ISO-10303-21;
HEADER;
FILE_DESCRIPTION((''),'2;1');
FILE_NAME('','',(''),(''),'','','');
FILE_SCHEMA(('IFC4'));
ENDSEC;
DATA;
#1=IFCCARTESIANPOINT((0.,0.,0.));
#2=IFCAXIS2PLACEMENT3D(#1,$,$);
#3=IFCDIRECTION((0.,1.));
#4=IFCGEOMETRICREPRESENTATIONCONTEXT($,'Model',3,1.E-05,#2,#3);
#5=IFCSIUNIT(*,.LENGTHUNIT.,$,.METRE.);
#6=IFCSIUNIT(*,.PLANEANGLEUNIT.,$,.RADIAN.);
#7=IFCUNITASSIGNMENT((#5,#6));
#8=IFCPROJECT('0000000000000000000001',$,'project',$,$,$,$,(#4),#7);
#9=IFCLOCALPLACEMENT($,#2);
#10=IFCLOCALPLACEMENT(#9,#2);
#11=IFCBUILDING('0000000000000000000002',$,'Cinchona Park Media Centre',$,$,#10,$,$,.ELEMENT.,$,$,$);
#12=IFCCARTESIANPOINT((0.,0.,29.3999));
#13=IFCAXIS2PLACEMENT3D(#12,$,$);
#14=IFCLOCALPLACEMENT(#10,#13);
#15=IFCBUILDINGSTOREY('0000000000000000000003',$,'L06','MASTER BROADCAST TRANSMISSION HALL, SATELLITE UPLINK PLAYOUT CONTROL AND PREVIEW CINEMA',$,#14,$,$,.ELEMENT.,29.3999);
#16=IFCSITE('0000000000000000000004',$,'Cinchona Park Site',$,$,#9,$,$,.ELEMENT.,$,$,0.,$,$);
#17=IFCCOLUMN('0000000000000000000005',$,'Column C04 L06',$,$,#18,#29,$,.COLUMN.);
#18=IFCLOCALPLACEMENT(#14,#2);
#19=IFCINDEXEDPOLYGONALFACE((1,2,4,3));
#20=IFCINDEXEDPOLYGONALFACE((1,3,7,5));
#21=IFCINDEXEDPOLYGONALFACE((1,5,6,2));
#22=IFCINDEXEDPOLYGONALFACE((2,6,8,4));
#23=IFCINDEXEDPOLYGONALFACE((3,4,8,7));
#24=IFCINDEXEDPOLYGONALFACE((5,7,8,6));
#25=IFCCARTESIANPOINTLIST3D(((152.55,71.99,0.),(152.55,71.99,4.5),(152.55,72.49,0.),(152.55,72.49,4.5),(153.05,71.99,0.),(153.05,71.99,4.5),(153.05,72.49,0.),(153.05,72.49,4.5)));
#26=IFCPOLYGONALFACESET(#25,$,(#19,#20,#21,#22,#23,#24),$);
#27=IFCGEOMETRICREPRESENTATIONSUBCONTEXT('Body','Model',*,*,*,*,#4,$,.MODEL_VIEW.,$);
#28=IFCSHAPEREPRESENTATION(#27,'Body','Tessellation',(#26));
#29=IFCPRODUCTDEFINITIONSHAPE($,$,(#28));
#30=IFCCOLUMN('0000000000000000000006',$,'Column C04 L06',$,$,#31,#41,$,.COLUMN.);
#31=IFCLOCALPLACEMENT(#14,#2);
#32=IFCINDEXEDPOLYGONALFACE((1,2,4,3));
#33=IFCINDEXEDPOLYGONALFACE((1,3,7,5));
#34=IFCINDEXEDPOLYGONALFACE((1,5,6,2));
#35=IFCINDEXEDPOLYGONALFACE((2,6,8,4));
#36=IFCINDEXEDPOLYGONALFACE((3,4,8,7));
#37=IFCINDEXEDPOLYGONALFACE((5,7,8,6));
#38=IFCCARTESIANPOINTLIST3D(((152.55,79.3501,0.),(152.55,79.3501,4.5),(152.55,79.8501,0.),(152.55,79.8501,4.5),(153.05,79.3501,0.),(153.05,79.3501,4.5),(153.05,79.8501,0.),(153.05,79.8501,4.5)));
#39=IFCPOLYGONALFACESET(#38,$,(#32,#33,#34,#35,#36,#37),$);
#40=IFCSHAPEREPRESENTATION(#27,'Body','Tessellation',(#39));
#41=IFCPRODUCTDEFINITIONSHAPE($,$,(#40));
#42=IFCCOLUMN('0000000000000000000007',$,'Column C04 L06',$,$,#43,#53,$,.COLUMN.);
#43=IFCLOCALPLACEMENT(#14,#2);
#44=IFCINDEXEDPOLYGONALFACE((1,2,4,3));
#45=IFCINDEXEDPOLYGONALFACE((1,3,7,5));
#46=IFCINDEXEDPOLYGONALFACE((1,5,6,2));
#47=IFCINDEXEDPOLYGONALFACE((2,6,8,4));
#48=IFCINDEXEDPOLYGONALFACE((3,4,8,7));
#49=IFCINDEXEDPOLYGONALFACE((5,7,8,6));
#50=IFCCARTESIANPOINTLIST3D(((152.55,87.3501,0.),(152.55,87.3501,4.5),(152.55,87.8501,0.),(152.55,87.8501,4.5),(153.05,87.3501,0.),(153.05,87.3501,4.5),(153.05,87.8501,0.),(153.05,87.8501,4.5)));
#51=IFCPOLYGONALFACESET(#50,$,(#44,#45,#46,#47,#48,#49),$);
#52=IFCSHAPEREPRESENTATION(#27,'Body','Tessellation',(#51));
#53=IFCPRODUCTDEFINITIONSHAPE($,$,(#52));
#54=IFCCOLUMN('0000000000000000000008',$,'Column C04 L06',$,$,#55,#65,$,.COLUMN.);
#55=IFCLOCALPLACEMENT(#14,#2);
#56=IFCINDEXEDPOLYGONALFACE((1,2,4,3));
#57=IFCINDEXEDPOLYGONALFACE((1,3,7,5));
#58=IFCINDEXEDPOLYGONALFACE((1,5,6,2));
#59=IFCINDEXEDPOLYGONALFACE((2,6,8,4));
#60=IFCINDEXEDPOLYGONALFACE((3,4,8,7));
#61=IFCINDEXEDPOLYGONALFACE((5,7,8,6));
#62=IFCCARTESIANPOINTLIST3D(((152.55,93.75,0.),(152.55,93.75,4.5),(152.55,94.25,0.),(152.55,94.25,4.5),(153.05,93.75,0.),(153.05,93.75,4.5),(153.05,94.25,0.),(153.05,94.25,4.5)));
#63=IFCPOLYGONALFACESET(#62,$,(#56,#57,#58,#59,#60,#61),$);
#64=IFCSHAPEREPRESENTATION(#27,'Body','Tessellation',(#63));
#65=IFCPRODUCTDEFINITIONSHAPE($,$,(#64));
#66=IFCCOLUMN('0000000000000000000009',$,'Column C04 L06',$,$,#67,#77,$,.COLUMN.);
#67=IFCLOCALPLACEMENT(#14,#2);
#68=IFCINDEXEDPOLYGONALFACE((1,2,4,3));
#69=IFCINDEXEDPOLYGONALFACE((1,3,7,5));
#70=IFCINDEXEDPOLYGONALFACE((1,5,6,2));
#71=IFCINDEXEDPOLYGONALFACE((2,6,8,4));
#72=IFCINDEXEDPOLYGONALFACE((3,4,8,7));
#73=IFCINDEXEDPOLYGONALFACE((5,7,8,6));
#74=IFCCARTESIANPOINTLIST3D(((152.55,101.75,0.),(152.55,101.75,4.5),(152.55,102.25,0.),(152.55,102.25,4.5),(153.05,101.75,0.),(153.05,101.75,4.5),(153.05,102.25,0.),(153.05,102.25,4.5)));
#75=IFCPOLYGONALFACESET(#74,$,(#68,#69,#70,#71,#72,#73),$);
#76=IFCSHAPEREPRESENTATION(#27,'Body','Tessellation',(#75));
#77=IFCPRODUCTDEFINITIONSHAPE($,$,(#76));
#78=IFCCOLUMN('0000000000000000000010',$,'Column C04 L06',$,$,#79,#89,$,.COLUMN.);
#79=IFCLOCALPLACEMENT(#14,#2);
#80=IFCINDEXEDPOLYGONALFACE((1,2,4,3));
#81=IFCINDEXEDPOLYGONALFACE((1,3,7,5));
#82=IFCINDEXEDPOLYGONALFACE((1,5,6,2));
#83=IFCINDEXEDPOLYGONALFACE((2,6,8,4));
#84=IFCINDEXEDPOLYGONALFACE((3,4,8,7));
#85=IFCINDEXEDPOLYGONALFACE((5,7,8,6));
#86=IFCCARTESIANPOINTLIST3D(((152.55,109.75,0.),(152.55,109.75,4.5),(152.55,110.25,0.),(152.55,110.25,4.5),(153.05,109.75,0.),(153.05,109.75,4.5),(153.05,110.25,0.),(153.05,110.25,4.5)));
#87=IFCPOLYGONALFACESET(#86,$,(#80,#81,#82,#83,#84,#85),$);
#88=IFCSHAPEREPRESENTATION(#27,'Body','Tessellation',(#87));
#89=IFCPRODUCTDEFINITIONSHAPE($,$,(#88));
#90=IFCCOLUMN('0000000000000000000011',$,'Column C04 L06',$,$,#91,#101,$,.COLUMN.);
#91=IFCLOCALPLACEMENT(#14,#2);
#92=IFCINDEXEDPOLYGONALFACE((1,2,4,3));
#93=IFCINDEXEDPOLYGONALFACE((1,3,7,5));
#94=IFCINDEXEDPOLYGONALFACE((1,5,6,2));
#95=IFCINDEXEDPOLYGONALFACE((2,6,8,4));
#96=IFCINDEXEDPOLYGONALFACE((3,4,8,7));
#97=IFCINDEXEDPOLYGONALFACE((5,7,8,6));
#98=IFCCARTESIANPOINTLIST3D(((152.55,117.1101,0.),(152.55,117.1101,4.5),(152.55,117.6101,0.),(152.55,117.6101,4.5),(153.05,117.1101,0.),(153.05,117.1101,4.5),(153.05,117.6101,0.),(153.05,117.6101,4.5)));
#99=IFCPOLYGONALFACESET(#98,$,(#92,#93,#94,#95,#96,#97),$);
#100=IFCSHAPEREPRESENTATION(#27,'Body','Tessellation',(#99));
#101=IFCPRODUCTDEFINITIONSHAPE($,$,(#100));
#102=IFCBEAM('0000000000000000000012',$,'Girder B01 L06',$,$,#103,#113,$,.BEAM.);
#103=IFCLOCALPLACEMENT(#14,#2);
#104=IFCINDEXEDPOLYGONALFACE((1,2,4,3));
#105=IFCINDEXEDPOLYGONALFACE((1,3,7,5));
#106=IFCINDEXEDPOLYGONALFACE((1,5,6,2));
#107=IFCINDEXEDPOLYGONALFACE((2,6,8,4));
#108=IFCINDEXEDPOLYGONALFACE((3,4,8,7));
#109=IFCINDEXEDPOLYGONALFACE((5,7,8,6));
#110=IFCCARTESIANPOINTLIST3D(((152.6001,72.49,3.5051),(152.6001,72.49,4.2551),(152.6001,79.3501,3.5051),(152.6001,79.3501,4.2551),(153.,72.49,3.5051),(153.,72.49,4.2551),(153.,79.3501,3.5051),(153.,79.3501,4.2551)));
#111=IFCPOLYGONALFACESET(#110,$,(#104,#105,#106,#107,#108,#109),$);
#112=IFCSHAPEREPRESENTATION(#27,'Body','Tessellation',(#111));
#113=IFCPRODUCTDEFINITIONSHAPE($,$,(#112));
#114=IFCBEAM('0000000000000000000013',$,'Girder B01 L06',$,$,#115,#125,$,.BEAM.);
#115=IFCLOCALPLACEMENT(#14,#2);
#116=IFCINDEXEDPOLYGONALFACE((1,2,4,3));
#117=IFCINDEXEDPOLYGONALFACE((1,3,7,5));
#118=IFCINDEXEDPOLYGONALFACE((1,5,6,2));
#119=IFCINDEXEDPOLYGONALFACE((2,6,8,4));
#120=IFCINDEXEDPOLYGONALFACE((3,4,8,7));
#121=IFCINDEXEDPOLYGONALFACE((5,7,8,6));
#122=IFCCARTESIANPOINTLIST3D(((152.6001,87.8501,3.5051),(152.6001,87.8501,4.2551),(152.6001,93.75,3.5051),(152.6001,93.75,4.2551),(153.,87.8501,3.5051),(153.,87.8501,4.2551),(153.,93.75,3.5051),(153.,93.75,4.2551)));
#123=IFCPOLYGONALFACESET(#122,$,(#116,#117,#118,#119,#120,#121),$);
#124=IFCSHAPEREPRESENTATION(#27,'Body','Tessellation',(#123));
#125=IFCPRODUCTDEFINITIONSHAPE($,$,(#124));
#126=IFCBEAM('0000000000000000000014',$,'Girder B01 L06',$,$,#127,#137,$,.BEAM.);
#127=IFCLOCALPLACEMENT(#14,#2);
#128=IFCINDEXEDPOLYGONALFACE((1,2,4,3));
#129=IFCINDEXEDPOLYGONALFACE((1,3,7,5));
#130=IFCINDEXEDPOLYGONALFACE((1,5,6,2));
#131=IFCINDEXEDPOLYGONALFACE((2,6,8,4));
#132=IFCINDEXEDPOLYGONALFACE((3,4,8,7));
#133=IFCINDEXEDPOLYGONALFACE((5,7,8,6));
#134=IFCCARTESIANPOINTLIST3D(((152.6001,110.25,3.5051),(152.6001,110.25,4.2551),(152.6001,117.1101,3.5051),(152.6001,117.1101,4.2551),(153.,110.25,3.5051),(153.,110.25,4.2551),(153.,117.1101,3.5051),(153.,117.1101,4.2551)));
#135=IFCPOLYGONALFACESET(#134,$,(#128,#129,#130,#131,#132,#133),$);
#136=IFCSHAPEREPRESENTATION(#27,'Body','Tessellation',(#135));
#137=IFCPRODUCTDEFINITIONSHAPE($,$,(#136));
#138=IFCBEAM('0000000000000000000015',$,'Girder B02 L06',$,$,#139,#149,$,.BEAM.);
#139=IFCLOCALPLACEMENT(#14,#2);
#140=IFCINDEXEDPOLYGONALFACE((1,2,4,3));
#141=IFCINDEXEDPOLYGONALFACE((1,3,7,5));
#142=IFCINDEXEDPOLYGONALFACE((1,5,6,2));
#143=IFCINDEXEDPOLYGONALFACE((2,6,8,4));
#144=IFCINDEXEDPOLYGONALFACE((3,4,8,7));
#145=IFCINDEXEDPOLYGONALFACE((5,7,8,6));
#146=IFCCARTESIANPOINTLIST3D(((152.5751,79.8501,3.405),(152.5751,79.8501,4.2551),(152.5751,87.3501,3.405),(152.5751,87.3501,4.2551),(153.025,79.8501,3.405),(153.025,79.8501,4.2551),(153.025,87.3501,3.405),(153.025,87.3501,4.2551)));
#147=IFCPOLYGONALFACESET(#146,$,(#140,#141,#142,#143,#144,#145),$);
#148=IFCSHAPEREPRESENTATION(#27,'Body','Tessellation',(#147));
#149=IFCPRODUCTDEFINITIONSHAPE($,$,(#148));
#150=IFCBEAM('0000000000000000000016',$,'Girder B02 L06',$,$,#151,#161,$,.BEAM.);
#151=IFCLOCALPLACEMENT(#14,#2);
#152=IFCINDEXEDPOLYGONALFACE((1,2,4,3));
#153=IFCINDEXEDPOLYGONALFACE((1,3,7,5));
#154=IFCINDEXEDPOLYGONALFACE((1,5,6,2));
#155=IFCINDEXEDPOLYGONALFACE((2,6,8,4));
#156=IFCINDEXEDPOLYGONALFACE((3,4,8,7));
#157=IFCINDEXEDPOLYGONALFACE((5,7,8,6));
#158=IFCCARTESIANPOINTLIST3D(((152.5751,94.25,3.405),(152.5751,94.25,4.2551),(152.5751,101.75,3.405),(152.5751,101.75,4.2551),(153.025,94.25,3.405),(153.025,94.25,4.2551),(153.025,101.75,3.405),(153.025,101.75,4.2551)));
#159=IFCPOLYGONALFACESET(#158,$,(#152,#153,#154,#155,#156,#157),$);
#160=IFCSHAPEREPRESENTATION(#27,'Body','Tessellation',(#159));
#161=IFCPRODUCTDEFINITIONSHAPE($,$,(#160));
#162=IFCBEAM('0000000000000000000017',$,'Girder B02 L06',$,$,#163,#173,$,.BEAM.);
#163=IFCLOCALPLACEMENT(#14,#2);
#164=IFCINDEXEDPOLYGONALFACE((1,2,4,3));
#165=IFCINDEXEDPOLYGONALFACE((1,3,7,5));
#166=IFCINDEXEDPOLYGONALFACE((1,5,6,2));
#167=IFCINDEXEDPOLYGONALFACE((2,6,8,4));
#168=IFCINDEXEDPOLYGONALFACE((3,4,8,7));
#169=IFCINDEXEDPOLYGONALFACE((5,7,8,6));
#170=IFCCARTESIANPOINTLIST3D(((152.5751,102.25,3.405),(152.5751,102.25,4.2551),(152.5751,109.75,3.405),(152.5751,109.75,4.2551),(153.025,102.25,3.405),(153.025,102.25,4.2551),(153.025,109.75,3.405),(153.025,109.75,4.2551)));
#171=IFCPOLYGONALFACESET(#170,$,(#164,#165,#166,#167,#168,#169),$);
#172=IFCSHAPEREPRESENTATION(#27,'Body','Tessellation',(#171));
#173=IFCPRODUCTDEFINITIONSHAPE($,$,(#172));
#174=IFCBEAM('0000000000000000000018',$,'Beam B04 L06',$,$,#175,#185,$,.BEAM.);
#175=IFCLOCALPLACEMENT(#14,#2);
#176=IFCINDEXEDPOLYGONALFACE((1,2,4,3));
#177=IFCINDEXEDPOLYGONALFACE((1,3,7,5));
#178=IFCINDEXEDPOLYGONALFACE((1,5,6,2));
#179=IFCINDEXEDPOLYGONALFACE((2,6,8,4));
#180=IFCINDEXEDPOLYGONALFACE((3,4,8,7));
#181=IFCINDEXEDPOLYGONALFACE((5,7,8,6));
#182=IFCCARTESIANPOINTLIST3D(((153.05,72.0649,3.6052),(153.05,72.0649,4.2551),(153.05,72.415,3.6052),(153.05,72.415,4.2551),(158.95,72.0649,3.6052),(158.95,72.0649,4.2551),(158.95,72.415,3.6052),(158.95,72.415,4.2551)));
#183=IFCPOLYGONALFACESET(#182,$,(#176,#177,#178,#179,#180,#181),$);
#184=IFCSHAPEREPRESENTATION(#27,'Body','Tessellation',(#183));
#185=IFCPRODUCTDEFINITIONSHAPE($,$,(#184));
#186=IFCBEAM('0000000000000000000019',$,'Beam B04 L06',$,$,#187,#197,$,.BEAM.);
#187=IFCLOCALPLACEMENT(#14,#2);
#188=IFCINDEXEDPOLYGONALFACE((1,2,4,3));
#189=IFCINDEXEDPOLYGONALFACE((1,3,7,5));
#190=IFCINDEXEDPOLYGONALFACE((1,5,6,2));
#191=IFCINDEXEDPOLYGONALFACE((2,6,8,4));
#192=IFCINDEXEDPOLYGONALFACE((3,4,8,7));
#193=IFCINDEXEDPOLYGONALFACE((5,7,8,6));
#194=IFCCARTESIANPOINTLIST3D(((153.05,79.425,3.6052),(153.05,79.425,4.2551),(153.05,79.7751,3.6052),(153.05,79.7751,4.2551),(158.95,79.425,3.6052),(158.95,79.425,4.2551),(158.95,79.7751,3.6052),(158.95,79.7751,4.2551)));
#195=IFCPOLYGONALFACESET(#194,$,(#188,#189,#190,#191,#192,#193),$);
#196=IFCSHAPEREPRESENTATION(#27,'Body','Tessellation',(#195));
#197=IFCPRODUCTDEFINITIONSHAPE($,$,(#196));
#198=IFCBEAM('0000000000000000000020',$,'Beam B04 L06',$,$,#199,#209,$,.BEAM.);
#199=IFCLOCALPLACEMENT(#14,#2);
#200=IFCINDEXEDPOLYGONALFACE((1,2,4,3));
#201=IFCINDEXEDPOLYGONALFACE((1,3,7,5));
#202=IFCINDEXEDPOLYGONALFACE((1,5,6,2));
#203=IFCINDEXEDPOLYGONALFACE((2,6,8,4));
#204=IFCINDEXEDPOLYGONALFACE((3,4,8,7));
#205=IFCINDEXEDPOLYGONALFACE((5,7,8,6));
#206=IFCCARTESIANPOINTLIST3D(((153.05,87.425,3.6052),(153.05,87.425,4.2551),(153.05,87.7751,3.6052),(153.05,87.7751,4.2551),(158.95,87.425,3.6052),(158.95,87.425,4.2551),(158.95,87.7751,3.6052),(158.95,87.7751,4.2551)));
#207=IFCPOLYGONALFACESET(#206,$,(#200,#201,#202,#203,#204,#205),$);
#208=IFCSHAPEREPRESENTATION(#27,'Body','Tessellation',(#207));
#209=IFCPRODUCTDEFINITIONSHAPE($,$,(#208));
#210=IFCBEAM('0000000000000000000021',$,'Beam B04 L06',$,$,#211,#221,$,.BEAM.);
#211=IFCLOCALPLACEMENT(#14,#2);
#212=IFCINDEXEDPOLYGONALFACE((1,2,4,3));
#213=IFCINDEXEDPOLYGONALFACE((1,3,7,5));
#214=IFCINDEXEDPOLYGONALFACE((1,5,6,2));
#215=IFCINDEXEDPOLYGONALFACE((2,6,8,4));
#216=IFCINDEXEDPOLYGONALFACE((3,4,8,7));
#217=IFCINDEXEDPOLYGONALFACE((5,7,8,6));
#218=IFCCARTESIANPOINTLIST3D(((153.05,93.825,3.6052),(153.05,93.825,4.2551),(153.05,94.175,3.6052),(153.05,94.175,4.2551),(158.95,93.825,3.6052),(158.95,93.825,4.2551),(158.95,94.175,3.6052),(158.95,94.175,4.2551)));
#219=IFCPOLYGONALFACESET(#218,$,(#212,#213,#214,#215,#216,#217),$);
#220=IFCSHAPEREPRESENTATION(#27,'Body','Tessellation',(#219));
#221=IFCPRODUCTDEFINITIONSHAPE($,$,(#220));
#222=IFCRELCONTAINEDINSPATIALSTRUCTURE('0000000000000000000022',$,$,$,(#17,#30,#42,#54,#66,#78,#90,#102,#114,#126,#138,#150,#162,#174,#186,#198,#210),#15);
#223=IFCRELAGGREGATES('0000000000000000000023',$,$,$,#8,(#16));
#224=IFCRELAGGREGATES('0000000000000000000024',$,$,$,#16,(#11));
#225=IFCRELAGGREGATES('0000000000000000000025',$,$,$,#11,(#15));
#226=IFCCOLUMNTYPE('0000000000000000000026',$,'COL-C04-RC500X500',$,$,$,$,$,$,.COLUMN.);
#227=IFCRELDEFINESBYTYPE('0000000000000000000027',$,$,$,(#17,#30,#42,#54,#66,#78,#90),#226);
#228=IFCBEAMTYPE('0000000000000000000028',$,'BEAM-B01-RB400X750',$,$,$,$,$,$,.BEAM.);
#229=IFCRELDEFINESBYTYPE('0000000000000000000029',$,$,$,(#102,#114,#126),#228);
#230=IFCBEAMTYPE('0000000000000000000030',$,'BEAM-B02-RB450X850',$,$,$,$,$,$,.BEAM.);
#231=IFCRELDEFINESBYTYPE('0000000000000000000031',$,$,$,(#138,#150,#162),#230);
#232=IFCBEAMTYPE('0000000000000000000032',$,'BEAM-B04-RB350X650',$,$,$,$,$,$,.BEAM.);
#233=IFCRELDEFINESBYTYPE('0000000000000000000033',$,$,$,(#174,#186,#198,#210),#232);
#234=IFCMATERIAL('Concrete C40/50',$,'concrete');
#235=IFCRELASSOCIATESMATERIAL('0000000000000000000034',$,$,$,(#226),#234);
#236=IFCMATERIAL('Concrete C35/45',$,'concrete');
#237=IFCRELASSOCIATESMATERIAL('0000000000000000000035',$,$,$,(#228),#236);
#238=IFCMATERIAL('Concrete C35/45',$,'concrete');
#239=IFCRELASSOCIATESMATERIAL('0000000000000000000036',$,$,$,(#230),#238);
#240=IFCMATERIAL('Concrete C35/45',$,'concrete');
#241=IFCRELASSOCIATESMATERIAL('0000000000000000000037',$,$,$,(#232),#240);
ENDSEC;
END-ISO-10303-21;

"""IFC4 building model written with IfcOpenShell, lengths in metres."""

from ifc_helpers import new_model, si_unit, direction, frame, origin, origin_2d, place, context, subcontext, project, spatial, rectangle, extrude, material, material_profile, profile_set, type_object, element, save


model = new_model("IFC4")

# Units and contexts
model_context = context("Model", 3, precision=1e-05, world=origin(), true_north=direction((0.0, 1.0)))
body_context = subcontext(model_context, "Body", "Model", "MODEL_VIEW")
ifc_project = project(units=[si_unit("LENGTHUNIT", "METRE"), si_unit("PLANEANGLEUNIT", "RADIAN")], contexts=[model_context])

# Site, building, storey
site_placement = place(None, origin())
site = spatial("IfcSite", under=ifc_project, at=site_placement, Name="Cinchona Park Site", CompositionType="ELEMENT", RefElevation=0.0)
building_placement = place(site_placement, origin())
building = spatial("IfcBuilding", under=site, at=building_placement, Name="Cinchona Park Media Centre", CompositionType="ELEMENT")
storey_placement = place(building_placement, frame((0.0, 0.0, 29.3999)))
storey = spatial("IfcBuildingStorey", under=building, at=storey_placement, Name="L06", Description="MASTER BROADCAST TRANSMISSION HALL, SATELLITE UPLINK PLAYOUT CONTROL AND PREVIEW CINEMA", CompositionType="ELEMENT", Elevation=29.3999)

# Columns
ifc_material_1 = material(Name="Concrete C40/50", Category="concrete")
ifc_material_profile_1 = material_profile(ifc_material_1, rectangle(XDim=0.5, YDim=0.5, at=origin_2d()), Name="RC 500X500")
ifc_profile_set_1 = profile_set([ifc_material_profile_1], Name="Concrete C40/50")
column_type = type_object("IfcColumnType", Name="COL-C04-RC500X500", PredefinedType="COLUMN", material=ifc_profile_set_1)
for number, where, z_axis, x_axis, name in (
    (1, (152.8, 72.24, 0.0), (0.0, 0.0, 1.0), (1.0, 0.0, 0.0), "Column C04 L06"),
    (2, (152.8, 79.6001, 0.0), (0.0, 0.0, 1.0), (1.0, 0.0, 0.0), "Column C04 L06"),
    (3, (152.8, 87.6001, 0.0), (0.0, 0.0, 1.0), (1.0, 0.0, 0.0), "Column C04 L06"),
    (4, (152.8, 94.0, 0.0), (0.0, 0.0, 1.0), (1.0, 0.0, 0.0), "Column C04 L06"),
    (5, (152.8, 102.0, 0.0), (0.0, 0.0, 1.0), (1.0, 0.0, 0.0), "Column C04 L06"),
    (6, (152.8, 110.0, 0.0), (0.0, 0.0, 1.0), (1.0, 0.0, 0.0), "Column C04 L06"),
    (7, (152.8, 117.3601, 0.0), (0.0, 0.0, 1.0), (1.0, 0.0, 0.0), "Column C04 L06"),
):
    element("IfcColumn", number, at=place(storey_placement, frame(where, z_axis=z_axis, x_axis=x_axis)), inside=storey, type_object=column_type, Name=name, PredefinedType="COLUMN", context=body_context, shape_type="SweptSolid", body=[
        extrude(rectangle(XDim=0.5, YDim=0.5, at=origin_2d()), origin(), (0.0, 0.0, 1.0), 4.5),
    ])

# Beams
ifc_material_2 = material(Name="Concrete C35/45", Category="concrete")
ifc_material_profile_2 = material_profile(ifc_material_2, rectangle(XDim=0.3999, YDim=0.75, at=origin_2d()), Name="RB 400X750")
ifc_profile_set_2 = profile_set([ifc_material_profile_2], Name="Concrete C35/45")
beam_type_1 = type_object("IfcBeamType", Name="BEAM-B01-RB400X750", PredefinedType="BEAM", material=ifc_profile_set_2)
beam_1_placement = place(storey_placement, frame((152.8, 72.49, 3.8801), z_axis=(0.0, 1.0, 0.0), x_axis=(-1.0, 0.0, 0.0)))
element("IfcBeam", 8, at=beam_1_placement, inside=storey, type_object=beam_type_1, Name="Girder B01 L06", PredefinedType="BEAM", context=body_context, shape_type="SweptSolid", body=[
    extrude(rectangle(XDim=0.3999, YDim=0.75, at=origin_2d()), origin(), (0.0, 0.0, 1.0), 6.8601),
])
beam_2_placement = place(storey_placement, frame((152.8, 87.8501, 3.8801), z_axis=(0.0, 1.0, 0.0), x_axis=(-1.0, 0.0, 0.0)))
element("IfcBeam", 9, at=beam_2_placement, inside=storey, type_object=beam_type_1, Name="Girder B01 L06", PredefinedType="BEAM", context=body_context, shape_type="SweptSolid", body=[
    extrude(rectangle(XDim=0.3999, YDim=0.75, at=origin_2d()), origin(), (0.0, 0.0, 1.0), 5.8999),
])
beam_3_placement = place(storey_placement, frame((152.8, 110.25, 3.8801), z_axis=(0.0, 1.0, 0.0), x_axis=(-1.0, 0.0, 0.0)))
element("IfcBeam", 10, at=beam_3_placement, inside=storey, type_object=beam_type_1, Name="Girder B01 L06", PredefinedType="BEAM", context=body_context, shape_type="SweptSolid", body=[
    extrude(rectangle(XDim=0.3999, YDim=0.75, at=origin_2d()), origin(), (0.0, 0.0, 1.0), 6.8601),
])
ifc_material_3 = material(Name="Concrete C35/45", Category="concrete")
ifc_material_profile_3 = material_profile(ifc_material_3, rectangle(XDim=0.45, YDim=0.8501, at=origin_2d()), Name="RB 450X850")
ifc_profile_set_3 = profile_set([ifc_material_profile_3], Name="Concrete C35/45")
beam_type_2 = type_object("IfcBeamType", Name="BEAM-B02-RB450X850", PredefinedType="BEAM", material=ifc_profile_set_3)
for number, where, z_axis, x_axis, name in (
    (11, (152.8, 79.8501, 3.8301), (0.0, 1.0, 0.0), (-1.0, 0.0, 0.0), "Girder B02 L06"),
    (12, (152.8, 94.25, 3.8301), (0.0, 1.0, 0.0), (-1.0, 0.0, 0.0), "Girder B02 L06"),
    (13, (152.8, 102.25, 3.8301), (0.0, 1.0, 0.0), (-1.0, 0.0, 0.0), "Girder B02 L06"),
):
    element("IfcBeam", number, at=place(storey_placement, frame(where, z_axis=z_axis, x_axis=x_axis)), inside=storey, type_object=beam_type_2, Name=name, PredefinedType="BEAM", context=body_context, shape_type="SweptSolid", body=[
        extrude(rectangle(XDim=0.45, YDim=0.8501, at=origin_2d()), origin(), (0.0, 0.0, 1.0), 7.5),
    ])
ifc_material_4 = material(Name="Concrete C35/45", Category="concrete")
ifc_material_profile_4 = material_profile(ifc_material_4, rectangle(XDim=0.3501, YDim=0.6499, at=origin_2d()), Name="RB 350X650")
ifc_profile_set_4 = profile_set([ifc_material_profile_4], Name="Concrete C35/45")
beam_type_3 = type_object("IfcBeamType", Name="BEAM-B04-RB350X650", PredefinedType="BEAM", material=ifc_profile_set_4)
for number, where, z_axis, x_axis, name in (
    (14, (153.05, 72.24, 3.9302), (1.0, 0.0, 0.0), (0.0, 1.0, 0.0), "Beam B04 L06"),
    (15, (153.05, 79.6001, 3.9302), (1.0, 0.0, 0.0), (0.0, 1.0, 0.0), "Beam B04 L06"),
    (16, (153.05, 87.6001, 3.9302), (1.0, 0.0, 0.0), (0.0, 1.0, 0.0), "Beam B04 L06"),
    (17, (153.05, 94.0, 3.9302), (1.0, 0.0, 0.0), (0.0, 1.0, 0.0), "Beam B04 L06"),
):
    element("IfcBeam", number, at=place(storey_placement, frame(where, z_axis=z_axis, x_axis=x_axis)), inside=storey, type_object=beam_type_3, Name=name, PredefinedType="BEAM", context=body_context, shape_type="SweptSolid", body=[
        extrude(rectangle(XDim=0.3501, YDim=0.6499, at=origin_2d()), origin(), (0.0, 0.0, 1.0), 5.8999),
    ])

save(model, "model.ifc")
